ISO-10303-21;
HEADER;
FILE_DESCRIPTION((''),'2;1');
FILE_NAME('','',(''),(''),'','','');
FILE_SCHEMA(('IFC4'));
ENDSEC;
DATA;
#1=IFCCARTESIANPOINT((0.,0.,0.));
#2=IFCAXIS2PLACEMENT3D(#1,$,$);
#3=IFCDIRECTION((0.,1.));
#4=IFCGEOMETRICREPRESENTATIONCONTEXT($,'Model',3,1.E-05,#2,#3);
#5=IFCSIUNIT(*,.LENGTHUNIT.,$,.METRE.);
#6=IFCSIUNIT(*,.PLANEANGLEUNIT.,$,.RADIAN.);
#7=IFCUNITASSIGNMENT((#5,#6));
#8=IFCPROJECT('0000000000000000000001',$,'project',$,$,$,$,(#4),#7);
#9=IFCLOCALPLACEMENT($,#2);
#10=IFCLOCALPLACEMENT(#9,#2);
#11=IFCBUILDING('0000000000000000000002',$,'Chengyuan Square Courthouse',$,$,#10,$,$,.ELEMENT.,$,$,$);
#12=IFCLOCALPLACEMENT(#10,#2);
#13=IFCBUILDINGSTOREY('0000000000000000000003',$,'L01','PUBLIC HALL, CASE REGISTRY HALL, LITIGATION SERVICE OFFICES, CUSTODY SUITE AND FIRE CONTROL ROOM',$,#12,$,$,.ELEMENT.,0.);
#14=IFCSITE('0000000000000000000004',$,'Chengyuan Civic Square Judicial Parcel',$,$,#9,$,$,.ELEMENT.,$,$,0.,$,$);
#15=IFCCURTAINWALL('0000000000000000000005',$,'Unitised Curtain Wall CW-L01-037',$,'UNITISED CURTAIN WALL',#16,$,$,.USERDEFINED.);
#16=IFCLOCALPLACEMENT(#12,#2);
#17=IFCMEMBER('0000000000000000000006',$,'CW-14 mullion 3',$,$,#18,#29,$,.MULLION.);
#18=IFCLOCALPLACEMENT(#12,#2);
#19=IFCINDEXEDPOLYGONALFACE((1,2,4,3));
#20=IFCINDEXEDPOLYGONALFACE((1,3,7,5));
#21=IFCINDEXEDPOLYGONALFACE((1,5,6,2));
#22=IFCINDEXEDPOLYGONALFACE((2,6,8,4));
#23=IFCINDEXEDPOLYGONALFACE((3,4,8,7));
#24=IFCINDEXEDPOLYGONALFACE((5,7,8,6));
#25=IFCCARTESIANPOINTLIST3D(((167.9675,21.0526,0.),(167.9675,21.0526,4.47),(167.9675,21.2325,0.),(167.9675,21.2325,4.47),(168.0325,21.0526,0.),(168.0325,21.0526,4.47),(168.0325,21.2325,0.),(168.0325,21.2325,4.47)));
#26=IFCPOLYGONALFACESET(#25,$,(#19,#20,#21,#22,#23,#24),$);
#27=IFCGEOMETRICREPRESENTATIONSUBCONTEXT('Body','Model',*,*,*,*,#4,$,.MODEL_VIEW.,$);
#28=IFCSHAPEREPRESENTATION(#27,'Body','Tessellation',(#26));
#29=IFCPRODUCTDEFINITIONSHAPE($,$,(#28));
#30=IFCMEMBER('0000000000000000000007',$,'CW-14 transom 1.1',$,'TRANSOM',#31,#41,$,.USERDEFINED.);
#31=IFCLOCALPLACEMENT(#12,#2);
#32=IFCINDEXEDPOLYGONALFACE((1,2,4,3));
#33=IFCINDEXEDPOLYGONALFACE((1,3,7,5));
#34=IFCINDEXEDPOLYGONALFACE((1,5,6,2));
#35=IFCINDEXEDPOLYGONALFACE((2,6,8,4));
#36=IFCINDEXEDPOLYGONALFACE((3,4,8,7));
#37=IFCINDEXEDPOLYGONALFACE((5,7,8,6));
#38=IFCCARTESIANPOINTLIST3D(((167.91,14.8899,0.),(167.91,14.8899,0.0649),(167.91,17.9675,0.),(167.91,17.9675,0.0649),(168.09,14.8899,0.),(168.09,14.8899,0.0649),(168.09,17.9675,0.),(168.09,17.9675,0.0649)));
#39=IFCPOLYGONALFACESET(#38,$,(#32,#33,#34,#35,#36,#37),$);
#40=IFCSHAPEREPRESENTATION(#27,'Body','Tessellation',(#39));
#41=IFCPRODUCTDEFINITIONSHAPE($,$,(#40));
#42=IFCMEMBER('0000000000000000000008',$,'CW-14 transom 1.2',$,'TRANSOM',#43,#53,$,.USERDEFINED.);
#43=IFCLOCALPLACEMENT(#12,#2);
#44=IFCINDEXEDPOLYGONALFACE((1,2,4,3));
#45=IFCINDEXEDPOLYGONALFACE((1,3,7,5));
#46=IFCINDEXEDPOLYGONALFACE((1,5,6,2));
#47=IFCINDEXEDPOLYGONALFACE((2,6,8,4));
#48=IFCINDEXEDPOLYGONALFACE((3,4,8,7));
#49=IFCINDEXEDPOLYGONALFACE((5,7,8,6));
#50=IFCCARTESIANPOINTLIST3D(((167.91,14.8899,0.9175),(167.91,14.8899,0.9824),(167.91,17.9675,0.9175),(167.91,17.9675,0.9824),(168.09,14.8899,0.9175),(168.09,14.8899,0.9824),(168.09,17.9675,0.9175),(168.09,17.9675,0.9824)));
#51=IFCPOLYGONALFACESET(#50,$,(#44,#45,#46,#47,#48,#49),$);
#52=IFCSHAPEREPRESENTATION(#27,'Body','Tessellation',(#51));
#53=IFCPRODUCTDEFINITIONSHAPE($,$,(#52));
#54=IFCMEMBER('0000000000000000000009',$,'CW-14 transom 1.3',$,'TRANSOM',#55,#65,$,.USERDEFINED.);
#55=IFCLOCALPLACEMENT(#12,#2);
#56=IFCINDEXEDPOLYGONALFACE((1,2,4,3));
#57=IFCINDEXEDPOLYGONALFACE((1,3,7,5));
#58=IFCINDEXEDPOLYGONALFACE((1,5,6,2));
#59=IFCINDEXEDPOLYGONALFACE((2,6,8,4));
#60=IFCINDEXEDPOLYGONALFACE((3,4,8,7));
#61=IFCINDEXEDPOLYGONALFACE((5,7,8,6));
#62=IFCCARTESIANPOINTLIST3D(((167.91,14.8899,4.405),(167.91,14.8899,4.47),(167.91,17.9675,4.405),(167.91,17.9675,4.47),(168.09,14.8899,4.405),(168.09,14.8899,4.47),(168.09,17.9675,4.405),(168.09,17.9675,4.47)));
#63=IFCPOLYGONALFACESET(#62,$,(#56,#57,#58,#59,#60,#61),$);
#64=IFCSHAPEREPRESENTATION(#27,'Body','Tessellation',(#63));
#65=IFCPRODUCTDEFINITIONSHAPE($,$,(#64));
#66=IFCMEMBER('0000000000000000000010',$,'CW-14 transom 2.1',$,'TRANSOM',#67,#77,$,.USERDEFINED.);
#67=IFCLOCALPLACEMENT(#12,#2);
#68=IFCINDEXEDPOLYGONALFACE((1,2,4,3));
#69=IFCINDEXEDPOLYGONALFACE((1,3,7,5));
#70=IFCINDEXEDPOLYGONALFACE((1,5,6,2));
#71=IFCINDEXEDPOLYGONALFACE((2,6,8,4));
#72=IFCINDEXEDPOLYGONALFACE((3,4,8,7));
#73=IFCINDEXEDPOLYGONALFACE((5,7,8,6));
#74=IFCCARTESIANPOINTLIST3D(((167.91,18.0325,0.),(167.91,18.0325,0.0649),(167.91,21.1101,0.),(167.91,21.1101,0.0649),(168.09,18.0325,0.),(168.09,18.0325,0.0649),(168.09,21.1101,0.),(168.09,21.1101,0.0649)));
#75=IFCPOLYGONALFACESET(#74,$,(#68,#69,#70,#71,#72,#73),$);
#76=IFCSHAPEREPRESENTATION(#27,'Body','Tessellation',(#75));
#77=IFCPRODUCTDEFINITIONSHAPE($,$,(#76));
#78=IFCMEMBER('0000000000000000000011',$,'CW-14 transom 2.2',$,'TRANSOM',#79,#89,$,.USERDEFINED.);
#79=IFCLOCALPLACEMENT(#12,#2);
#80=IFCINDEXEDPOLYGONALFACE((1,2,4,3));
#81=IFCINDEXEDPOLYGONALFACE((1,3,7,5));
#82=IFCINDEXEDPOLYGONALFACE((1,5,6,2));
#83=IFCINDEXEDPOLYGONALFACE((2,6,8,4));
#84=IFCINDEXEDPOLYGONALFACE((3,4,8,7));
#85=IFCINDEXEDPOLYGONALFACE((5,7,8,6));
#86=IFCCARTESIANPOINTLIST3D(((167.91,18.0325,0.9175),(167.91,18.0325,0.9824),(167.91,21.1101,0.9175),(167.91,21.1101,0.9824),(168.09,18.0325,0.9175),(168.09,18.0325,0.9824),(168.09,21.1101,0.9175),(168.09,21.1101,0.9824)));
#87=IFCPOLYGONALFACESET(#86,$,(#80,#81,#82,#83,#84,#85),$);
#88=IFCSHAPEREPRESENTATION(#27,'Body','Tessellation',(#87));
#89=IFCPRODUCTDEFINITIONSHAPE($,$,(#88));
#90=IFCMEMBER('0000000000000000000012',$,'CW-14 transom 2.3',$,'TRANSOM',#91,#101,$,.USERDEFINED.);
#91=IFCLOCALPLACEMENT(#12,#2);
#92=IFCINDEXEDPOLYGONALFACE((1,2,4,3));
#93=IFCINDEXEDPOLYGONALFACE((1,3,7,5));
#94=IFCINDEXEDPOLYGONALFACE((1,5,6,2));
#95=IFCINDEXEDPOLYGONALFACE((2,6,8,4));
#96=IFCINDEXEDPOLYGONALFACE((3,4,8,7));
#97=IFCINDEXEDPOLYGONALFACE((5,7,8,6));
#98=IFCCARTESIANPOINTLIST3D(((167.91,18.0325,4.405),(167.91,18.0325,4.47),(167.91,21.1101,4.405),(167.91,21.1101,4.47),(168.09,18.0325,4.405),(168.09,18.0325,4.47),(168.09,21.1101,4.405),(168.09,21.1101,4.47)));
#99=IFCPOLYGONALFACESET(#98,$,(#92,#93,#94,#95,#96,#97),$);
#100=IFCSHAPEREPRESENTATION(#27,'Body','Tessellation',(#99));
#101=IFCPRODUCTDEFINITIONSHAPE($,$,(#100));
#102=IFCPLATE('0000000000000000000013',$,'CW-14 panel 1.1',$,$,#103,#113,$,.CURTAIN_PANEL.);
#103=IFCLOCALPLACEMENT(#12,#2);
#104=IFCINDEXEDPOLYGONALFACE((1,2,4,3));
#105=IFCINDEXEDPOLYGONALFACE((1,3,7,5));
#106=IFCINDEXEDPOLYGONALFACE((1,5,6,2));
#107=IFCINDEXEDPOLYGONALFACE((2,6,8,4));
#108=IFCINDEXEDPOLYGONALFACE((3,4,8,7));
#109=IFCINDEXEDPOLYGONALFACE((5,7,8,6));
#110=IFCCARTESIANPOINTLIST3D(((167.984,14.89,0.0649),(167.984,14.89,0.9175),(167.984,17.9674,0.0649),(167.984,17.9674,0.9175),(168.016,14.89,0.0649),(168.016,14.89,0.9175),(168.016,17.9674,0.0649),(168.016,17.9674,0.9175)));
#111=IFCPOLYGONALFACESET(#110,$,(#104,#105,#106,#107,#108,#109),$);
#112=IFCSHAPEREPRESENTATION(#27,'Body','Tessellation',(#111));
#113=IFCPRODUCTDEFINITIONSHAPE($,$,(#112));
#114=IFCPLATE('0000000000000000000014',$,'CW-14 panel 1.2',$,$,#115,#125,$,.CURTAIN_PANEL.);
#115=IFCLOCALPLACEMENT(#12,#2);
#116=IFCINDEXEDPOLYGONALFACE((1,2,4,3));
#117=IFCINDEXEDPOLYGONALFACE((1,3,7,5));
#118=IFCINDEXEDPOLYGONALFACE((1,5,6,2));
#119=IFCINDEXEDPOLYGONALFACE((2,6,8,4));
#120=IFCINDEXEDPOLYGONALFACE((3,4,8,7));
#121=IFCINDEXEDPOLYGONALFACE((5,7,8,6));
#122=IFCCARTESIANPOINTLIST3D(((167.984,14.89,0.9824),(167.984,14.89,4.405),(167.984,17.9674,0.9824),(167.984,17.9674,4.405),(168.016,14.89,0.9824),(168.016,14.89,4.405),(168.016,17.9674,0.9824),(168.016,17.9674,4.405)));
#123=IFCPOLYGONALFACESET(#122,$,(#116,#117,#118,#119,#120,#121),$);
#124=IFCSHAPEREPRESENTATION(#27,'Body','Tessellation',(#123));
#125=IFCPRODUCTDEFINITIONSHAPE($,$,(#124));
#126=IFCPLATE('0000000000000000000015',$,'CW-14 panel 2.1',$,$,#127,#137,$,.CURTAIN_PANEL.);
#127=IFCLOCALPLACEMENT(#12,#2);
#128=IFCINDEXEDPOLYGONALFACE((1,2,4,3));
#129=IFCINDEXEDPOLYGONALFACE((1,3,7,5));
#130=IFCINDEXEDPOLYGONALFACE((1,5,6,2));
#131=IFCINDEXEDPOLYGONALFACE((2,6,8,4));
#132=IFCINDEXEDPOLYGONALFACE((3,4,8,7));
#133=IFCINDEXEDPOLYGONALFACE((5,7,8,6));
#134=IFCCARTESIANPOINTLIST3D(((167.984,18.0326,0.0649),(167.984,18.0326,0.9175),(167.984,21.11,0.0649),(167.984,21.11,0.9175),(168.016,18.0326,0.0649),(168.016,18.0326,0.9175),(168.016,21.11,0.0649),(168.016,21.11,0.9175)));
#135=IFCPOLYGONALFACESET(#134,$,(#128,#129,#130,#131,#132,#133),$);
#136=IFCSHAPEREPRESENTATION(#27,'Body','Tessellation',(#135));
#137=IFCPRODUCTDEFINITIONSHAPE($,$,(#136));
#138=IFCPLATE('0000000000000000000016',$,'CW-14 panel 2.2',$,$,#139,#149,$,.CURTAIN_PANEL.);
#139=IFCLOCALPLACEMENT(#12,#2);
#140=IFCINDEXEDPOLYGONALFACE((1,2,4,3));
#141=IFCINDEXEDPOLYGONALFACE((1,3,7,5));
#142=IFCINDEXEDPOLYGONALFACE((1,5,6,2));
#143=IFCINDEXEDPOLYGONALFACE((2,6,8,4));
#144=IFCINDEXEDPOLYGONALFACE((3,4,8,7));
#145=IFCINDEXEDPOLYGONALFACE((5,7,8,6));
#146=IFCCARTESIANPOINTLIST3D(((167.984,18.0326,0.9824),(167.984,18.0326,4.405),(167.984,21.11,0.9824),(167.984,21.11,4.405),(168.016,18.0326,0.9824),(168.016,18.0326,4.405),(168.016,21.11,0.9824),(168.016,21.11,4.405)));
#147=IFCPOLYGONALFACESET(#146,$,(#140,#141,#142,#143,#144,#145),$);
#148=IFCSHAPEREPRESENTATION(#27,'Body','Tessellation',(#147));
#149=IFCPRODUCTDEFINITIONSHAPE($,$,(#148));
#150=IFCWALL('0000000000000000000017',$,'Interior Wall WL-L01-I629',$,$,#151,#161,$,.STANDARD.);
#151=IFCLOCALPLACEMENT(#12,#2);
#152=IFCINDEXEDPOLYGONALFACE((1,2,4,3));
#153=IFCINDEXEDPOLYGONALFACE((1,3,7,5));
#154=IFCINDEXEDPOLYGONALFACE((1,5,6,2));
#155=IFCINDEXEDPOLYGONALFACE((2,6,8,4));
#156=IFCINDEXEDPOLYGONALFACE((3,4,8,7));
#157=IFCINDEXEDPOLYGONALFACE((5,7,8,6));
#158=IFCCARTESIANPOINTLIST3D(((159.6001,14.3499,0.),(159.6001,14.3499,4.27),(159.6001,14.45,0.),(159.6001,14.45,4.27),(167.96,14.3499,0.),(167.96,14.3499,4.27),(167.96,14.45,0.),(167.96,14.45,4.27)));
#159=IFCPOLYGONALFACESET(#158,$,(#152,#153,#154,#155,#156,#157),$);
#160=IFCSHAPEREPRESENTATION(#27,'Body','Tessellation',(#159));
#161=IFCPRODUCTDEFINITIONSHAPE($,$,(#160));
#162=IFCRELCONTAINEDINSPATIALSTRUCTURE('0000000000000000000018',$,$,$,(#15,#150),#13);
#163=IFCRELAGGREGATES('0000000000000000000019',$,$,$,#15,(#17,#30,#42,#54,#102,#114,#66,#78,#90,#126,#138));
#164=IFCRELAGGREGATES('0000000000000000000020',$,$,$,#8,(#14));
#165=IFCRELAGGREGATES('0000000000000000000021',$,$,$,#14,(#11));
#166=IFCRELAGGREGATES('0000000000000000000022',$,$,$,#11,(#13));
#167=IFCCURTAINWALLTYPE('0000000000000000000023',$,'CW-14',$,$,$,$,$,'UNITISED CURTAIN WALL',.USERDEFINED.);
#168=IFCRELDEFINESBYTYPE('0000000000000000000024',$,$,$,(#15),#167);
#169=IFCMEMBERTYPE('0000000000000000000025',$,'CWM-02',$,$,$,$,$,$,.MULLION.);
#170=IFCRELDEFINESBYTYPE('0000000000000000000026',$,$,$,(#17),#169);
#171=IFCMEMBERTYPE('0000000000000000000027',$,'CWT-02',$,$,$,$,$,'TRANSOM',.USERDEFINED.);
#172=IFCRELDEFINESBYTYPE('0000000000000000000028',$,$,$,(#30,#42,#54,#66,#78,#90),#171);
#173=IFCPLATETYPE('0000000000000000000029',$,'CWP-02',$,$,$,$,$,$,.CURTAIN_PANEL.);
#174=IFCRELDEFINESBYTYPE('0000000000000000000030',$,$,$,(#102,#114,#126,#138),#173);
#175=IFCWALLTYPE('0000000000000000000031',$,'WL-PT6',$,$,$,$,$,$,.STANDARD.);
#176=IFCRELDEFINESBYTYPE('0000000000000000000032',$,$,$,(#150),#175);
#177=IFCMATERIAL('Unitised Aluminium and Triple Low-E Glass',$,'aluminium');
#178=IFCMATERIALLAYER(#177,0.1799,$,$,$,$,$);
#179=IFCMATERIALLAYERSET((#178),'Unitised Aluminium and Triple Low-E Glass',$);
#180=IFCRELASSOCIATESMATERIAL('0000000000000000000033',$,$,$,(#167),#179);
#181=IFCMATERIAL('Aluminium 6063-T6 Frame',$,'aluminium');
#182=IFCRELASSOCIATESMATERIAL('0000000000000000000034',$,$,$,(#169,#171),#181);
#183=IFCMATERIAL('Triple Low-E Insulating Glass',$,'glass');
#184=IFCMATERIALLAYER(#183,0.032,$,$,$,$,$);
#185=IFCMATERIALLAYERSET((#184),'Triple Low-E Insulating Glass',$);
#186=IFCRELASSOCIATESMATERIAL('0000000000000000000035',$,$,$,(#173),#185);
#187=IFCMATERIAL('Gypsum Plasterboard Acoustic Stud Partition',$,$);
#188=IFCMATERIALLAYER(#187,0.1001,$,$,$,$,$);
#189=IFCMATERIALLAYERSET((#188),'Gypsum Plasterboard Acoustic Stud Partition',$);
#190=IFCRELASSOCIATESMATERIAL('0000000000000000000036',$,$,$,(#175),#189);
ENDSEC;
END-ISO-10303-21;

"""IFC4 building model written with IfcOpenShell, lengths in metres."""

from ifc_helpers import new_model, si_unit, direction, frame, frame_2d, origin, origin_2d, place, context, subcontext, project, spatial, rectangle, extrude, material, layer, layer_set, material_profile, profile_set, type_object, element, aggregate, save


model = new_model("IFC4")

# Units and contexts
model_context = context("Model", 3, precision=1e-05, world=origin(), true_north=direction((0.0, 1.0)))
body_context = subcontext(model_context, "Body", "Model", "MODEL_VIEW")
ifc_project = project(units=[si_unit("LENGTHUNIT", "METRE"), si_unit("PLANEANGLEUNIT", "RADIAN")], contexts=[model_context])

# Site, building, storey
site_placement = place(None, origin())
site = spatial("IfcSite", under=ifc_project, at=site_placement, Name="Chengyuan Civic Square Judicial Parcel", CompositionType="ELEMENT", RefElevation=0.0)
building_placement = place(site_placement, origin())
building = spatial("IfcBuilding", under=site, at=building_placement, Name="Chengyuan Square Courthouse", CompositionType="ELEMENT")
storey_placement = place(building_placement, origin())
storey = spatial("IfcBuildingStorey", under=building, at=storey_placement, Name="L01", Description="PUBLIC HALL, CASE REGISTRY HALL, LITIGATION SERVICE OFFICES, CUSTODY SUITE AND FIRE CONTROL ROOM", CompositionType="ELEMENT", Elevation=0.0)

# Curtain wall, members, plates
ifc_material_1 = material(Name="Unitised Aluminium and Triple Low-E Glass", Category="aluminium")
ifc_layer_1 = layer(ifc_material_1, 0.1799)
ifc_layer_set_1 = layer_set([ifc_layer_1], Name="Unitised Aluminium and Triple Low-E Glass")
curtain_wall_type = type_object("IfcCurtainWallType", Name="CW-14", ElementType="UNITISED CURTAIN WALL", PredefinedType="USERDEFINED", material=ifc_layer_set_1)
curtain_wall_placement = place(storey_placement, origin())
curtain_wall = element("IfcCurtainWall", 1, at=curtain_wall_placement, inside=storey, type_object=curtain_wall_type, Name="Unitised Curtain Wall CW-L01-037", ObjectType="UNITISED CURTAIN WALL", PredefinedType="USERDEFINED")
ifc_material_2 = material(Name="Aluminium 6063-T6 Frame", Category="aluminium")
ifc_material_profile_1 = material_profile(ifc_material_2, rectangle(XDim=0.0649, YDim=0.1799, at=origin_2d()), Name="CW-MUL-65x180")
ifc_profile_set_1 = profile_set([ifc_material_profile_1], Name="Aluminium 6063-T6 Frame")
member_type_1 = type_object("IfcMemberType", Name="CWM-02", PredefinedType="MULLION", material=ifc_profile_set_1)
member_1_placement = place(storey_placement, frame((168.0, 21.1426, 0.0), z_axis=(0.0, 0.0, 1.0), x_axis=(-1.0, 0.0, 0.0)))
member_1 = element("IfcMember", 2, at=member_1_placement, type_object=member_type_1, Name="CW-14 mullion 3", PredefinedType="MULLION", context=body_context, shape_type="SweptSolid", body=[
    extrude(rectangle(XDim=0.0649, YDim=0.1799, at=origin_2d()), origin(), (0.0, 0.0, 1.0), 4.47),
])
ifc_material_profile_2 = material_profile(ifc_material_2, rectangle(XDim=0.1799, YDim=0.0649, at=origin_2d()), Name="CW-TRN-65x140")
ifc_profile_set_2 = profile_set([ifc_material_profile_2], Name="Aluminium 6063-T6 Frame")
member_type_2 = type_object("IfcMemberType", Name="CWT-02", ElementType="TRANSOM", PredefinedType="USERDEFINED", material=ifc_profile_set_2)
member_2_placement = place(storey_placement, frame((168.0, 14.8899, 0.0325), z_axis=(0.0, 1.0, 0.0), x_axis=(-1.0, 0.0, 0.0)))
member_2 = element("IfcMember", 3, at=member_2_placement, type_object=member_type_2, Name="CW-14 transom 1.1", ObjectType="TRANSOM", PredefinedType="USERDEFINED", context=body_context, shape_type="SweptSolid", body=[
    extrude(rectangle(XDim=0.1799, YDim=0.0649, at=origin_2d()), origin(), (0.0, 0.0, 1.0), 3.0776),
])
member_3_placement = place(storey_placement, frame((168.0, 14.8899, 0.95), z_axis=(0.0, 1.0, 0.0), x_axis=(-1.0, 0.0, 0.0)))
member_3 = element("IfcMember", 4, at=member_3_placement, type_object=member_type_2, Name="CW-14 transom 1.2", ObjectType="TRANSOM", PredefinedType="USERDEFINED", context=body_context, shape_type="SweptSolid", body=[
    extrude(rectangle(XDim=0.1799, YDim=0.0649, at=origin_2d()), origin(), (0.0, 0.0, 1.0), 3.0776),
])
member_4_placement = place(storey_placement, frame((168.0, 14.8899, 4.4375), z_axis=(0.0, 1.0, 0.0), x_axis=(-1.0, 0.0, 0.0)))
member_4 = element("IfcMember", 5, at=member_4_placement, type_object=member_type_2, Name="CW-14 transom 1.3", ObjectType="TRANSOM", PredefinedType="USERDEFINED", context=body_context, shape_type="SweptSolid", body=[
    extrude(rectangle(XDim=0.1799, YDim=0.0649, at=origin_2d()), origin(), (0.0, 0.0, 1.0), 3.0776),
])
member_5_placement = place(storey_placement, frame((168.0, 18.0325, 0.0325), z_axis=(0.0, 1.0, 0.0), x_axis=(-1.0, 0.0, 0.0)))
member_5 = element("IfcMember", 6, at=member_5_placement, type_object=member_type_2, Name="CW-14 transom 2.1", ObjectType="TRANSOM", PredefinedType="USERDEFINED", context=body_context, shape_type="SweptSolid", body=[
    extrude(rectangle(XDim=0.1799, YDim=0.0649, at=origin_2d()), origin(), (0.0, 0.0, 1.0), 3.0776),
])
member_6_placement = place(storey_placement, frame((168.0, 18.0325, 0.95), z_axis=(0.0, 1.0, 0.0), x_axis=(-1.0, 0.0, 0.0)))
member_6 = element("IfcMember", 7, at=member_6_placement, type_object=member_type_2, Name="CW-14 transom 2.2", ObjectType="TRANSOM", PredefinedType="USERDEFINED", context=body_context, shape_type="SweptSolid", body=[
    extrude(rectangle(XDim=0.1799, YDim=0.0649, at=origin_2d()), origin(), (0.0, 0.0, 1.0), 3.0776),
])
member_7_placement = place(storey_placement, frame((168.0, 18.0325, 4.4375), z_axis=(0.0, 1.0, 0.0), x_axis=(-1.0, 0.0, 0.0)))
member_7 = element("IfcMember", 8, at=member_7_placement, type_object=member_type_2, Name="CW-14 transom 2.3", ObjectType="TRANSOM", PredefinedType="USERDEFINED", context=body_context, shape_type="SweptSolid", body=[
    extrude(rectangle(XDim=0.1799, YDim=0.0649, at=origin_2d()), origin(), (0.0, 0.0, 1.0), 3.0776),
])
ifc_material_3 = material(Name="Triple Low-E Insulating Glass", Category="glass")
ifc_layer_2 = layer(ifc_material_3, 0.032)
ifc_layer_set_2 = layer_set([ifc_layer_2], Name="Triple Low-E Insulating Glass")
plate_type = type_object("IfcPlateType", Name="CWP-02", PredefinedType="CURTAIN_PANEL", material=ifc_layer_set_2)
plate_1_placement = place(storey_placement, frame((168.0, 16.4287, 0.0649), z_axis=(0.0, 0.0, 1.0), x_axis=(0.0, 1.0, 0.0)))
plate_1 = element("IfcPlate", 9, at=plate_1_placement, type_object=plate_type, Name="CW-14 panel 1.1", PredefinedType="CURTAIN_PANEL", context=body_context, shape_type="SweptSolid", body=[
    extrude(rectangle(XDim=3.0774, YDim=0.032, at=origin_2d()), origin(), (0.0, 0.0, 1.0), 0.8525),
])
plate_2_placement = place(storey_placement, frame((168.0, 16.4287, 0.9824), z_axis=(0.0, 0.0, 1.0), x_axis=(0.0, 1.0, 0.0)))
plate_2 = element("IfcPlate", 10, at=plate_2_placement, type_object=plate_type, Name="CW-14 panel 1.2", PredefinedType="CURTAIN_PANEL", context=body_context, shape_type="SweptSolid", body=[
    extrude(rectangle(XDim=3.0774, YDim=0.032, at=origin_2d()), origin(), (0.0, 0.0, 1.0), 3.4226),
])
plate_3_placement = place(storey_placement, frame((168.0, 19.5713, 0.0649), z_axis=(0.0, 0.0, 1.0), x_axis=(0.0, 1.0, 0.0)))
plate_3 = element("IfcPlate", 11, at=plate_3_placement, type_object=plate_type, Name="CW-14 panel 2.1", PredefinedType="CURTAIN_PANEL", context=body_context, shape_type="SweptSolid", body=[
    extrude(rectangle(XDim=3.0774, YDim=0.032, at=origin_2d()), origin(), (0.0, 0.0, 1.0), 0.8525),
])
plate_4_placement = place(storey_placement, frame((168.0, 19.5713, 0.9824), z_axis=(0.0, 0.0, 1.0), x_axis=(0.0, 1.0, 0.0)))
plate_4 = element("IfcPlate", 12, at=plate_4_placement, type_object=plate_type, Name="CW-14 panel 2.2", PredefinedType="CURTAIN_PANEL", context=body_context, shape_type="SweptSolid", body=[
    extrude(rectangle(XDim=3.0774, YDim=0.032, at=origin_2d()), origin(), (0.0, 0.0, 1.0), 3.4226),
])
aggregate(curtain_wall, [member_1, member_2, member_3, member_4, plate_1, plate_2, member_5, member_6, member_7, plate_3, plate_4])

# Wall
ifc_material_4 = material(Name="Gypsum Plasterboard Acoustic Stud Partition")
ifc_layer_3 = layer(ifc_material_4, 0.1001)
ifc_layer_set_3 = layer_set([ifc_layer_3], Name="Gypsum Plasterboard Acoustic Stud Partition")
wall_type_1 = type_object("IfcWallType", Name="WL-PT6", PredefinedType="STANDARD", material=ifc_layer_set_3)
wall_1_placement = place(storey_placement, frame((159.6001, 14.3999, 0.0), z_axis=(0.0, 0.0, 1.0), x_axis=(1.0, 0.0, 0.0)))
element("IfcWall", 13, at=wall_1_placement, inside=storey, type_object=wall_type_1, Name="Interior Wall WL-L01-I629", PredefinedType="STANDARD", context=body_context, shape_type="SweptSolid", body=[
    extrude(rectangle(XDim=8.3599, YDim=0.1001, at=frame_2d((4.1799, 0.0))), origin(), (0.0, 0.0, 1.0), 4.27),
])

save(model, "model.ifc")
